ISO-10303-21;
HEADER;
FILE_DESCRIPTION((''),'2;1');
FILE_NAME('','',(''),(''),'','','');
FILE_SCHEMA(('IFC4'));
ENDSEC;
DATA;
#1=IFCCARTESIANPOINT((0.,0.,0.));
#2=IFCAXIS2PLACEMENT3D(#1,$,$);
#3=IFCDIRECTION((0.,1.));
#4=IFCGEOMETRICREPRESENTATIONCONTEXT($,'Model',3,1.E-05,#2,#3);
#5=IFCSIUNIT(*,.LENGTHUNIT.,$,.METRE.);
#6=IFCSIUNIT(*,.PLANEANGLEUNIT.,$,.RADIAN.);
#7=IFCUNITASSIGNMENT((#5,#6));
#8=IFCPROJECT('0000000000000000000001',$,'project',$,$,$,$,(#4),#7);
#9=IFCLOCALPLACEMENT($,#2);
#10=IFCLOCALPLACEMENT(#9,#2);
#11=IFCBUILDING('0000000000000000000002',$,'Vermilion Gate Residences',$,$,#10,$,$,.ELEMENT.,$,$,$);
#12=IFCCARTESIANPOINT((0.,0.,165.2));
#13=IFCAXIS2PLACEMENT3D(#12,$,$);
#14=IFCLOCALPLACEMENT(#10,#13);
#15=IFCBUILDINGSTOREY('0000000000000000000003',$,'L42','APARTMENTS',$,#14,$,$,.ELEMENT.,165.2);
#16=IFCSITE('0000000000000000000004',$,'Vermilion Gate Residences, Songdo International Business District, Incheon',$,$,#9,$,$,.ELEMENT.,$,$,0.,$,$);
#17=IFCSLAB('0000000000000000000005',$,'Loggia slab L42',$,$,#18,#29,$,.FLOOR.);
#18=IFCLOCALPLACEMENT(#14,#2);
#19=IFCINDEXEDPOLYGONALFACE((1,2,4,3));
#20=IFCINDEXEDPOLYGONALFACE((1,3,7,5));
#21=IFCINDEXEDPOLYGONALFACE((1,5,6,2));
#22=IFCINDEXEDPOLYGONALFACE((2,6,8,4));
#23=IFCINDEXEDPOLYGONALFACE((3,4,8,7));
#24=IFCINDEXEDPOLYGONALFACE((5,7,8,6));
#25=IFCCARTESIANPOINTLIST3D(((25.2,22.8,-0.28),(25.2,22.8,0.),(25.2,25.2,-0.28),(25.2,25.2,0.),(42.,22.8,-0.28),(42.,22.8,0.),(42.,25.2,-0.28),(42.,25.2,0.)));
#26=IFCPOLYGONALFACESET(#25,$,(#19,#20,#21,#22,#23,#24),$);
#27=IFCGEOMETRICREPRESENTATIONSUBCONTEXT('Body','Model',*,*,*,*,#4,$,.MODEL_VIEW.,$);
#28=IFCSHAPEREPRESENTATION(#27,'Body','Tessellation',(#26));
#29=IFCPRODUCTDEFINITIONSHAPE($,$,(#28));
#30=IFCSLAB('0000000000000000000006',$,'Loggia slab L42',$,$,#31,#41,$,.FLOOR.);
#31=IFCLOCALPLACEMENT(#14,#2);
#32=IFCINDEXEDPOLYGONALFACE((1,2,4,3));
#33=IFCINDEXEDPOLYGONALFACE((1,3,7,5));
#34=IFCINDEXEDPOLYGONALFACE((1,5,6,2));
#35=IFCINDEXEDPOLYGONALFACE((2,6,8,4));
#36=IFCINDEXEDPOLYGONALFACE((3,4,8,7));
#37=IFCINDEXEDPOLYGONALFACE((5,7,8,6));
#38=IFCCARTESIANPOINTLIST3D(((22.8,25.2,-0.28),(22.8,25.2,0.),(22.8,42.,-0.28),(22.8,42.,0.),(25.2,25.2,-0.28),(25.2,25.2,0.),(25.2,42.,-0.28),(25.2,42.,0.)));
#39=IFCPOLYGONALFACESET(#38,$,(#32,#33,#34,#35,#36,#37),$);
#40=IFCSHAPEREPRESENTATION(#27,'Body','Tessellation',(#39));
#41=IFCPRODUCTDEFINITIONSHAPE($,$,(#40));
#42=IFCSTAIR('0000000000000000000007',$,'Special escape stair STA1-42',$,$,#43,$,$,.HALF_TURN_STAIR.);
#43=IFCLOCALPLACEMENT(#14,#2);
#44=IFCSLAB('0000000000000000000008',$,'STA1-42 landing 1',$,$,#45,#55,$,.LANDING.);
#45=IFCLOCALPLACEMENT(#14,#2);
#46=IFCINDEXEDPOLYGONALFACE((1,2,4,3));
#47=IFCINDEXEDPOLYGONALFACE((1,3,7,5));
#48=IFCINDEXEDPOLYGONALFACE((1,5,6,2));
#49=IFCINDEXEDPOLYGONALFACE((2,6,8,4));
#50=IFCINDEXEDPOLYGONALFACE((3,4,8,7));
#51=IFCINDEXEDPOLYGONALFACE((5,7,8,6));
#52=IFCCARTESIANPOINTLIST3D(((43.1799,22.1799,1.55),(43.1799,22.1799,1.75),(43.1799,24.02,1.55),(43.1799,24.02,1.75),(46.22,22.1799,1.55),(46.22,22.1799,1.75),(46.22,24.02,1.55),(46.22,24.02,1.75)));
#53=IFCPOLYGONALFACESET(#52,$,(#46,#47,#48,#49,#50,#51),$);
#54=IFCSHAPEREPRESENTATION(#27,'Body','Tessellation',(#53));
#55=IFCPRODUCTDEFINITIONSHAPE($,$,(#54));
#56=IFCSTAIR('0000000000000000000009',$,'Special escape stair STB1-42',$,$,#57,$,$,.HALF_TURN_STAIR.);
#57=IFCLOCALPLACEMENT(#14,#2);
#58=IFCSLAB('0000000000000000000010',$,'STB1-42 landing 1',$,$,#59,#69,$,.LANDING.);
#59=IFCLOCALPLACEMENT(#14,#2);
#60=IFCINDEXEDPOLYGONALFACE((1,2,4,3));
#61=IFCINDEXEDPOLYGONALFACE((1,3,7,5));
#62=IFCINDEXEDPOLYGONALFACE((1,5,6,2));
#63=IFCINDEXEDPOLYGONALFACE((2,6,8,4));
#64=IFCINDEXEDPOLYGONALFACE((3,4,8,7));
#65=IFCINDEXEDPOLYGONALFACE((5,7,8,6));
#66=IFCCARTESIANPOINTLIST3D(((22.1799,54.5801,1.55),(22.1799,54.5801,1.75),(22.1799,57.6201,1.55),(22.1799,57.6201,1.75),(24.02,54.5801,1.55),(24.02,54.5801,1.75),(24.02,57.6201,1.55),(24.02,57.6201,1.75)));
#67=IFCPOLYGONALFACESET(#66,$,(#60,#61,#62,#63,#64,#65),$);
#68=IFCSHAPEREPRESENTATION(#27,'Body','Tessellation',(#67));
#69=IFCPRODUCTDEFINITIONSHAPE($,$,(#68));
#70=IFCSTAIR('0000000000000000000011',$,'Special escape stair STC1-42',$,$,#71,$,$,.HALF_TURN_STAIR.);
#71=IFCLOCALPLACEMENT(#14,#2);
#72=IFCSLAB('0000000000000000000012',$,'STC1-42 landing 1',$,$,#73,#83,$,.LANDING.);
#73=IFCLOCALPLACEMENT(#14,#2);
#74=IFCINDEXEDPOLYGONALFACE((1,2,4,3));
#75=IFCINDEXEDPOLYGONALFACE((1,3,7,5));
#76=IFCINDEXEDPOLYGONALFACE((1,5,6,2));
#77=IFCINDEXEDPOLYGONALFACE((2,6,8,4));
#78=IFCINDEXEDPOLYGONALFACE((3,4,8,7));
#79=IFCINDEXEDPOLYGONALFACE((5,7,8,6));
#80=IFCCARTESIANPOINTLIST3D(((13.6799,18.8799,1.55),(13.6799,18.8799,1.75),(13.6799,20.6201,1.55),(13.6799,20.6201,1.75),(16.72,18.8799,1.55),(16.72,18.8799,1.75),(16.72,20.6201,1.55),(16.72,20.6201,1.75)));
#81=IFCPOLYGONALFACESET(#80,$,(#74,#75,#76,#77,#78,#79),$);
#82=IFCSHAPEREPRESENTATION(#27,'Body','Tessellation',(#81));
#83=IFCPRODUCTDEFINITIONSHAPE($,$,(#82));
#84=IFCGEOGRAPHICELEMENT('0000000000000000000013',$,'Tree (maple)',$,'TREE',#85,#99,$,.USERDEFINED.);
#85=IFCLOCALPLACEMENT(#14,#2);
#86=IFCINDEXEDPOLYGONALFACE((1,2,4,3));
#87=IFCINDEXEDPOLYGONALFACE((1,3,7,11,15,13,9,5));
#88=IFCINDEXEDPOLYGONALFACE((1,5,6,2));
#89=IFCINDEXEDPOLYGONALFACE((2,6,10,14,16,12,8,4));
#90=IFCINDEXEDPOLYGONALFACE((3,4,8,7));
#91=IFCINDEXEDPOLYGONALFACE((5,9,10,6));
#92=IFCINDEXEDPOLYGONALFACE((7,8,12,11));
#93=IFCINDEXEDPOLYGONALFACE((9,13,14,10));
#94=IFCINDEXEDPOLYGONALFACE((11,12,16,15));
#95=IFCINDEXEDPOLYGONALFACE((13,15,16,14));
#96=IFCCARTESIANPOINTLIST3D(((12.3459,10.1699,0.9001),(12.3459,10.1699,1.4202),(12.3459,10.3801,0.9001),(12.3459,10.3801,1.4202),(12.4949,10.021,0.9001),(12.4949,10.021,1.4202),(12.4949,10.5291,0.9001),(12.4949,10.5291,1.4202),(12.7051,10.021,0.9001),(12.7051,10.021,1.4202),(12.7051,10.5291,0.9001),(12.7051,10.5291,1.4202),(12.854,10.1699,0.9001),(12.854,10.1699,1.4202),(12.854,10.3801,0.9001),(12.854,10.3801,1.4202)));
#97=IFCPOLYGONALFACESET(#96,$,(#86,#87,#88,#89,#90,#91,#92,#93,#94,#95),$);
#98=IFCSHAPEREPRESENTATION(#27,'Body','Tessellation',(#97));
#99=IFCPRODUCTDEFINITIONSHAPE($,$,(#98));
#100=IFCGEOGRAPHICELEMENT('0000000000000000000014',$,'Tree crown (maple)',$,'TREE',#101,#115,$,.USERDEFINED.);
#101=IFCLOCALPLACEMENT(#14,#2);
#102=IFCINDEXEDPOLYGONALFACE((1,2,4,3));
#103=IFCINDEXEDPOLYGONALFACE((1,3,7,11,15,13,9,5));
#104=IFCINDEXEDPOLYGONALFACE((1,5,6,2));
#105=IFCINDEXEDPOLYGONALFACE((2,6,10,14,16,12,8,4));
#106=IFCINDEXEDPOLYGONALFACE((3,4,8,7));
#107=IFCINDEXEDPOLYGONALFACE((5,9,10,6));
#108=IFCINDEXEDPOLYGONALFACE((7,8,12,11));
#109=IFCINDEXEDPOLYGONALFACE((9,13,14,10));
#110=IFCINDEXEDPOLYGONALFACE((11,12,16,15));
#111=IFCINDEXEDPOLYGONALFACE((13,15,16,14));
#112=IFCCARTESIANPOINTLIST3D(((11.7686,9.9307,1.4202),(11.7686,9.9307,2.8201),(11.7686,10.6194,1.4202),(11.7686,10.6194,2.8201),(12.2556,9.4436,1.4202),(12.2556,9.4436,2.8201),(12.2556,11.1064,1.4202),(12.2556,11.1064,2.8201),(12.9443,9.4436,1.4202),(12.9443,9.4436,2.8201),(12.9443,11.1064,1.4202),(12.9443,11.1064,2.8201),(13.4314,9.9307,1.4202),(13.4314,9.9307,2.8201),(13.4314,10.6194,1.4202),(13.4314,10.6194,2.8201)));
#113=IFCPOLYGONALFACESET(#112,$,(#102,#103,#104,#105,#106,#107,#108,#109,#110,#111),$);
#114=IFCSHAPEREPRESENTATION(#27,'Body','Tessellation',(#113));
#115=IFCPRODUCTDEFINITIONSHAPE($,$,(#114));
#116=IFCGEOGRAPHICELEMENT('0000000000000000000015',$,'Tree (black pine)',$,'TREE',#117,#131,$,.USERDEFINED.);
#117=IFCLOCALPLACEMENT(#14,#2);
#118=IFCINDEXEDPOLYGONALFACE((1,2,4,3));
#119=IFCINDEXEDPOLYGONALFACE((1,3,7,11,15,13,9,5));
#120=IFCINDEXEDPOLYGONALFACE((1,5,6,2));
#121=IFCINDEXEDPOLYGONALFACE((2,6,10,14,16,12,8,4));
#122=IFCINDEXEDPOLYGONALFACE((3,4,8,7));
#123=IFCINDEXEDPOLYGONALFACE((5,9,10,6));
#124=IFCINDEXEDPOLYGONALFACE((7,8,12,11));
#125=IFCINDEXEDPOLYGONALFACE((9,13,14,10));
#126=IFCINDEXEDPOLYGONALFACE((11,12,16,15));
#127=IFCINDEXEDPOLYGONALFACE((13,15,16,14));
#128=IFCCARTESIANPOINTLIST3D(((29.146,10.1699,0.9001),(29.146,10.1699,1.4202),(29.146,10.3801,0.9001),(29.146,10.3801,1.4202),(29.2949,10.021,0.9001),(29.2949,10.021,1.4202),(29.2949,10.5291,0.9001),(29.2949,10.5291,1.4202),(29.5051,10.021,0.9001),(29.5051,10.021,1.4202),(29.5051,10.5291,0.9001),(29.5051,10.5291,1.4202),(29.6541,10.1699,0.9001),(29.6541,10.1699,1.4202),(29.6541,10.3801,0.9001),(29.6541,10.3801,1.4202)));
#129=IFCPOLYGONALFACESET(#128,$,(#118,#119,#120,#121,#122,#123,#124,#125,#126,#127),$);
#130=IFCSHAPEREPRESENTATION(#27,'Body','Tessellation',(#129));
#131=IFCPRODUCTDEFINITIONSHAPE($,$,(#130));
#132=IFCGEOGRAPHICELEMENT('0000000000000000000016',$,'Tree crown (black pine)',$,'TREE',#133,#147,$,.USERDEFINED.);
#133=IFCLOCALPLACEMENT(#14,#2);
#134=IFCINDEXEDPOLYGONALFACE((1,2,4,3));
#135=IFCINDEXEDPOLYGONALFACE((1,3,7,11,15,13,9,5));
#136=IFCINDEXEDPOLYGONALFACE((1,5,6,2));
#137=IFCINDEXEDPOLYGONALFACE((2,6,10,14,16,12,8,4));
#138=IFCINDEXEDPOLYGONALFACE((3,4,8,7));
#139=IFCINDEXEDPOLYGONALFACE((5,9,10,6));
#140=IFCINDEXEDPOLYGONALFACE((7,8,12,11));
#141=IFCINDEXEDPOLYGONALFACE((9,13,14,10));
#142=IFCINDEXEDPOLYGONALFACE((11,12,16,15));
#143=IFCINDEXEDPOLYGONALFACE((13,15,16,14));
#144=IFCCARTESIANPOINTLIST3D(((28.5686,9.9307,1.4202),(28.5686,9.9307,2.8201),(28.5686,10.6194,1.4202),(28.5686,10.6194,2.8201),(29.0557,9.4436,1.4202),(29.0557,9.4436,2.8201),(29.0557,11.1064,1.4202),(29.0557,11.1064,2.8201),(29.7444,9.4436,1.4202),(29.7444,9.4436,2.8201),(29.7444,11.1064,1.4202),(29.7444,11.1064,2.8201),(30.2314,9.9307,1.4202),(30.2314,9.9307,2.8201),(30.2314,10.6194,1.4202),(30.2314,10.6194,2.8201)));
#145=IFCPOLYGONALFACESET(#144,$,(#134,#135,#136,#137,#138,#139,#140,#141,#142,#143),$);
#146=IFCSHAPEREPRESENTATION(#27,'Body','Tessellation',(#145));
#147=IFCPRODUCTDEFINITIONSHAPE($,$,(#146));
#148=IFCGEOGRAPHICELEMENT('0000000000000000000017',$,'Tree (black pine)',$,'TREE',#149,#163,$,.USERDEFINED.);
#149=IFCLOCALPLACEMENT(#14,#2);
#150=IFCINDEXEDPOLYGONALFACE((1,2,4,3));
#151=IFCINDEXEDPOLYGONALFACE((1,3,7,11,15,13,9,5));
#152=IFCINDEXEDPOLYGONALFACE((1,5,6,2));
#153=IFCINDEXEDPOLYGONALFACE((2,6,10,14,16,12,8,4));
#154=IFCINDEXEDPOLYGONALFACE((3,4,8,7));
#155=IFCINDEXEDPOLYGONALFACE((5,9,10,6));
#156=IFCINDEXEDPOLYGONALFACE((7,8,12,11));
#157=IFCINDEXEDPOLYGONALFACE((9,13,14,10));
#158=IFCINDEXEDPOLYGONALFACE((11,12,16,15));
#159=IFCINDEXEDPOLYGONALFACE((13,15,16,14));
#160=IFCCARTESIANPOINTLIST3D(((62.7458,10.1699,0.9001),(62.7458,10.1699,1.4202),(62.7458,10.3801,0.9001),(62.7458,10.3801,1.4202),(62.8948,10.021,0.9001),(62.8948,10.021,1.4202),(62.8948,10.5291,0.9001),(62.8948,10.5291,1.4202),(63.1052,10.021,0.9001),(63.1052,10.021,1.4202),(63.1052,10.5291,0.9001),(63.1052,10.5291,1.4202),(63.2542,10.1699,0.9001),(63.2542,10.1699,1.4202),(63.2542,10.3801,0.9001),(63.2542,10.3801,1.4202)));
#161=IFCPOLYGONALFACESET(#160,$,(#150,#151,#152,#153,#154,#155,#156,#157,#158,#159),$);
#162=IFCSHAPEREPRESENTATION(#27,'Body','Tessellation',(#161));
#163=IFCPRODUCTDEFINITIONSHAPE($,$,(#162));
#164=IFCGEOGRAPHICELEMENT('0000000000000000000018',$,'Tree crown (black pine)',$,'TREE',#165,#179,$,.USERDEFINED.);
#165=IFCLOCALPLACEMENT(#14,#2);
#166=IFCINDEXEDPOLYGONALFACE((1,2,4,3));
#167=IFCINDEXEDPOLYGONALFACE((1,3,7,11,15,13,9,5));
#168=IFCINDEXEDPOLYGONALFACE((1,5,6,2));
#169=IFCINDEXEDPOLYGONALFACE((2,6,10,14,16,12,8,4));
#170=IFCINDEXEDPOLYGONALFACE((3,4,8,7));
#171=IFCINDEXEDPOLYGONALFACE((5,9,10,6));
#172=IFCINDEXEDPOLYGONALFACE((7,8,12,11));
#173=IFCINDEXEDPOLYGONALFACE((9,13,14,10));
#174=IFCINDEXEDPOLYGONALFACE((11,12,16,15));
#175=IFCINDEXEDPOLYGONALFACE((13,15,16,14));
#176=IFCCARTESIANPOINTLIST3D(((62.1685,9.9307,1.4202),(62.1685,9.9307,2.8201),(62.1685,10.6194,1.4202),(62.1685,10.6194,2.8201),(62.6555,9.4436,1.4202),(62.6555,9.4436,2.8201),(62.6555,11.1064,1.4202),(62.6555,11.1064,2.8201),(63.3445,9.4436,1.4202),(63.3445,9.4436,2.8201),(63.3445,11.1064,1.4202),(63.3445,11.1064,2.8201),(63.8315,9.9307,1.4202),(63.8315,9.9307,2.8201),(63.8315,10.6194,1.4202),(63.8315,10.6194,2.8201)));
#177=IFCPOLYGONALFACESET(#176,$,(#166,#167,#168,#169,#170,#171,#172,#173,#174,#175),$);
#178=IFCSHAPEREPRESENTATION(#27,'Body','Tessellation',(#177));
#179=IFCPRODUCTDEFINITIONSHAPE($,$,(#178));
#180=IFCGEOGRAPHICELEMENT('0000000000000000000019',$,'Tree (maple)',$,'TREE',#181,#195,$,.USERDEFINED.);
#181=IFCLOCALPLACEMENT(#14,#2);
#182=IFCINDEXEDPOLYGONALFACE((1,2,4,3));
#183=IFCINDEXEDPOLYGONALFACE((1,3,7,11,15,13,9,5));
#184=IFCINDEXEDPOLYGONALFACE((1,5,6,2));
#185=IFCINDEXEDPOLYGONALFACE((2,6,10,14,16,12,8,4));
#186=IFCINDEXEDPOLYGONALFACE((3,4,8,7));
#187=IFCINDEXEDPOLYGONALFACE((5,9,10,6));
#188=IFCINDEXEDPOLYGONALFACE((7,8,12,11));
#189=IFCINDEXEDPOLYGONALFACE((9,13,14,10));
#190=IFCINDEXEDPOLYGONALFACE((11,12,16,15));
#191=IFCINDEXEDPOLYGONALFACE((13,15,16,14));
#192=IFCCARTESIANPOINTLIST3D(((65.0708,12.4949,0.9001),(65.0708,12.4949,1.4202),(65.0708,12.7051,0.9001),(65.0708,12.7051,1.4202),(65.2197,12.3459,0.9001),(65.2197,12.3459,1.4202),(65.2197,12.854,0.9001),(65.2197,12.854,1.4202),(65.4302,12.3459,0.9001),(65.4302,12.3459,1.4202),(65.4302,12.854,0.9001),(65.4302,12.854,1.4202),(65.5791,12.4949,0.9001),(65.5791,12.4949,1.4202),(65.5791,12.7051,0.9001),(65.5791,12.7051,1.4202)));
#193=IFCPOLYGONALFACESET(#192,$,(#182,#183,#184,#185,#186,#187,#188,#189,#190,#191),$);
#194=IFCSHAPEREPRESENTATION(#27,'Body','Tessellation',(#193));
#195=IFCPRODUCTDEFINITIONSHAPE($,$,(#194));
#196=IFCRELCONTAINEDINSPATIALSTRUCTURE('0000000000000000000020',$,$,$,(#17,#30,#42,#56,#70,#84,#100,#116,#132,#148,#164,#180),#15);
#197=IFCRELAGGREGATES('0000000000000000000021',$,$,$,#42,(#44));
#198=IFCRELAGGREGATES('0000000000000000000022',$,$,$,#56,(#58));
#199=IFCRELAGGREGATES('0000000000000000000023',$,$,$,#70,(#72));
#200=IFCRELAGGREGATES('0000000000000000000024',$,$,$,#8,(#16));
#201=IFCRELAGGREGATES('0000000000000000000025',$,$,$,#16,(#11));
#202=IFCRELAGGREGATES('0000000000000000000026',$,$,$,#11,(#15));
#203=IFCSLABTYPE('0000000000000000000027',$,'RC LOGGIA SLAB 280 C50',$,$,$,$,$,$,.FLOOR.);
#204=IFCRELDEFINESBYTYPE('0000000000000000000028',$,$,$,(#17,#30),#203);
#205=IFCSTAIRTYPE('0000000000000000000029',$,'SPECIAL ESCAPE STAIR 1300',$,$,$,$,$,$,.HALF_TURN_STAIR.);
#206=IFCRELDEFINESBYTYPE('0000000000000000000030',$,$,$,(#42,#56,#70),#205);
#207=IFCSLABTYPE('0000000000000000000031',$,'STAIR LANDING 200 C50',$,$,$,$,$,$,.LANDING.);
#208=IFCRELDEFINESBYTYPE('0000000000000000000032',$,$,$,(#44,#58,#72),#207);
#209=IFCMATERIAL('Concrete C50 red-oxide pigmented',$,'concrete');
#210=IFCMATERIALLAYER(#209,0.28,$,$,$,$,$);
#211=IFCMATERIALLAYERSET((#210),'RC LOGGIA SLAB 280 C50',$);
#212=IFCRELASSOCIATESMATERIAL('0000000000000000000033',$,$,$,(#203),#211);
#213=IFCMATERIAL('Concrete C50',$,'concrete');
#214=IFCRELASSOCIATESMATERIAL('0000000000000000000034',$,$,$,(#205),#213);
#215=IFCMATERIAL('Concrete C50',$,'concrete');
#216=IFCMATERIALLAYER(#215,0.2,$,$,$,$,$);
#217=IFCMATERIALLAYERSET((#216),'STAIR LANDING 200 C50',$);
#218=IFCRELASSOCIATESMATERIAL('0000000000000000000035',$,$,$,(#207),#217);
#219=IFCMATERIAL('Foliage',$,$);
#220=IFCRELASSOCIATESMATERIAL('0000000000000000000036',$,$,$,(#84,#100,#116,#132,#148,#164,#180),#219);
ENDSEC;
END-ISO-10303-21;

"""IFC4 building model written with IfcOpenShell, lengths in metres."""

from ifc_helpers import new_model, si_unit, direction, frame, origin, place, context, subcontext, project, spatial, polyline, outline, extrude, material, layer, layer_set, type_object, element, aggregate, save


model = new_model("IFC4")

# Units and contexts
model_context = context("Model", 3, precision=1e-05, world=origin(), true_north=direction((0.0, 1.0)))
body_context = subcontext(model_context, "Body", "Model", "MODEL_VIEW")
ifc_project = project(units=[si_unit("LENGTHUNIT", "METRE"), si_unit("PLANEANGLEUNIT", "RADIAN")], contexts=[model_context])

# Site, building, storey
site_placement = place(None, origin())
site = spatial("IfcSite", under=ifc_project, at=site_placement, Name="Vermilion Gate Residences, Songdo International Business District, Incheon", CompositionType="ELEMENT", RefElevation=0.0)
building_placement = place(site_placement, origin())
building = spatial("IfcBuilding", under=site, at=building_placement, Name="Vermilion Gate Residences", CompositionType="ELEMENT")
storey_placement = place(building_placement, frame((0.0, 0.0, 165.2)))
storey = spatial("IfcBuildingStorey", under=building, at=storey_placement, Name="L42", Description="APARTMENTS", CompositionType="ELEMENT", Elevation=165.2)

# Slabs
ifc_material_1 = material(Name="Concrete C50 red-oxide pigmented", Category="concrete")
ifc_layer_1 = layer(ifc_material_1, 0.28)
ifc_layer_set_1 = layer_set([ifc_layer_1], Name="RC LOGGIA SLAB 280 C50")
slab_type_1 = type_object("IfcSlabType", Name="RC LOGGIA SLAB 280 C50", PredefinedType="FLOOR", material=ifc_layer_set_1)
slab_1_placement = place(storey_placement, frame((0.0, 0.0, -0.28)))
element("IfcSlab", 1, at=slab_1_placement, inside=storey, type_object=slab_type_1, Name="Loggia slab L42", PredefinedType="FLOOR", context=body_context, shape_type="SweptSolid", body=[
    extrude(outline(polyline([(42.0, 25.2), (25.2, 25.2), (25.2, 22.8), (42.0, 22.8), (42.0, 25.2)])), origin(), (0.0, 0.0, 1.0), 0.28),
])
slab_2_placement = place(storey_placement, frame((0.0, 0.0, -0.28)))
element("IfcSlab", 2, at=slab_2_placement, inside=storey, type_object=slab_type_1, Name="Loggia slab L42", PredefinedType="FLOOR", context=body_context, shape_type="SweptSolid", body=[
    extrude(outline(polyline([(22.8, 42.0), (22.8, 25.2), (25.2, 25.2), (25.2, 42.0), (22.8, 42.0)])), origin(), (0.0, 0.0, 1.0), 0.28),
])

# Stairs, slabs
ifc_material_2 = material(Name="Concrete C50", Category="concrete")
stair_type = type_object("IfcStairType", Name="SPECIAL ESCAPE STAIR 1300", PredefinedType="HALF_TURN_STAIR", material=ifc_material_2)
stair_1_placement = place(storey_placement, origin())
stair_1 = element("IfcStair", 3, at=stair_1_placement, inside=storey, type_object=stair_type, Name="Special escape stair STA1-42", PredefinedType="HALF_TURN_STAIR")
ifc_material_3 = material(Name="Concrete C50", Category="concrete")
ifc_layer_2 = layer(ifc_material_3, 0.2)
ifc_layer_set_2 = layer_set([ifc_layer_2], Name="STAIR LANDING 200 C50")
slab_type_2 = type_object("IfcSlabType", Name="STAIR LANDING 200 C50", PredefinedType="LANDING", material=ifc_layer_set_2)
slab_3_placement = place(storey_placement, frame((0.0, 0.0, 1.55)))
slab_3 = element("IfcSlab", 4, at=slab_3_placement, type_object=slab_type_2, Name="STA1-42 landing 1", PredefinedType="LANDING", context=body_context, shape_type="SweptSolid", body=[
    extrude(outline(polyline([(46.22, 22.1799), (46.22, 24.02), (43.1799, 24.02), (43.1799, 22.1799), (46.22, 22.1799)])), origin(), (0.0, 0.0, 1.0), 0.2),
])
aggregate(stair_1, [slab_3])
stair_2_placement = place(storey_placement, origin())
stair_2 = element("IfcStair", 5, at=stair_2_placement, inside=storey, type_object=stair_type, Name="Special escape stair STB1-42", PredefinedType="HALF_TURN_STAIR")
slab_4_placement = place(storey_placement, frame((0.0, 0.0, 1.55)))
slab_4 = element("IfcSlab", 6, at=slab_4_placement, type_object=slab_type_2, Name="STB1-42 landing 1", PredefinedType="LANDING", context=body_context, shape_type="SweptSolid", body=[
    extrude(outline(polyline([(24.02, 54.5801), (24.02, 57.6201), (22.1799, 57.6201), (22.1799, 54.5801), (24.02, 54.5801)])), origin(), (0.0, 0.0, 1.0), 0.2),
])
aggregate(stair_2, [slab_4])
stair_3_placement = place(storey_placement, origin())
stair_3 = element("IfcStair", 7, at=stair_3_placement, inside=storey, type_object=stair_type, Name="Special escape stair STC1-42", PredefinedType="HALF_TURN_STAIR")
slab_5_placement = place(storey_placement, frame((0.0, 0.0, 1.55)))
slab_5 = element("IfcSlab", 8, at=slab_5_placement, type_object=slab_type_2, Name="STC1-42 landing 1", PredefinedType="LANDING", context=body_context, shape_type="SweptSolid", body=[
    extrude(outline(polyline([(16.72, 18.8799), (16.72, 20.6201), (13.6799, 20.6201), (13.6799, 18.8799), (16.72, 18.8799)])), origin(), (0.0, 0.0, 1.0), 0.2),
])
aggregate(stair_3, [slab_5])

# Geographic elements
ifc_material_4 = material(Name="Foliage")
geographic_element_1_placement = place(storey_placement, frame((0.0, 0.0, 0.9001)))
element("IfcGeographicElement", 9, at=geographic_element_1_placement, inside=storey, material=ifc_material_4, Name="Tree (maple)", ObjectType="TREE", PredefinedType="USERDEFINED", context=body_context, shape_type="SweptSolid", body=[
    extrude(outline(polyline([(12.854, 10.3801), (12.7051, 10.5291), (12.4949, 10.5291), (12.3459, 10.3801), (12.3459, 10.1699), (12.4949, 10.021), (12.7051, 10.021), (12.854, 10.1699), (12.854, 10.3801)])), origin(), (0.0, 0.0, 1.0), 0.52),
])
geographic_element_2_placement = place(storey_placement, frame((0.0, 0.0, 1.4202)))
element("IfcGeographicElement", 10, at=geographic_element_2_placement, inside=storey, material=ifc_material_4, Name="Tree crown (maple)", ObjectType="TREE", PredefinedType="USERDEFINED", context=body_context, shape_type="SweptSolid", body=[
    extrude(outline(polyline([(13.4314, 10.6194), (12.9443, 11.1064), (12.2556, 11.1064), (11.7686, 10.6194), (11.7686, 9.9307), (12.2556, 9.4436), (12.9443, 9.4436), (13.4314, 9.9307), (13.4314, 10.6194)])), origin(), (0.0, 0.0, 1.0), 1.3999),
])
geographic_element_3_placement = place(storey_placement, frame((0.0, 0.0, 0.9001)))
element("IfcGeographicElement", 11, at=geographic_element_3_placement, inside=storey, material=ifc_material_4, Name="Tree (black pine)", ObjectType="TREE", PredefinedType="USERDEFINED", context=body_context, shape_type="SweptSolid", body=[
    extrude(outline(polyline([(29.6541, 10.3801), (29.5051, 10.5291), (29.2949, 10.5291), (29.146, 10.3801), (29.146, 10.1699), (29.2949, 10.021), (29.5051, 10.021), (29.6541, 10.1699), (29.6541, 10.3801)])), origin(), (0.0, 0.0, 1.0), 0.52),
])
geographic_element_4_placement = place(storey_placement, frame((0.0, 0.0, 1.4202)))
element("IfcGeographicElement", 12, at=geographic_element_4_placement, inside=storey, material=ifc_material_4, Name="Tree crown (black pine)", ObjectType="TREE", PredefinedType="USERDEFINED", context=body_context, shape_type="SweptSolid", body=[
    extrude(outline(polyline([(30.2314, 10.6194), (29.7444, 11.1064), (29.0557, 11.1064), (28.5686, 10.6194), (28.5686, 9.9307), (29.0557, 9.4436), (29.7444, 9.4436), (30.2314, 9.9307), (30.2314, 10.6194)])), origin(), (0.0, 0.0, 1.0), 1.3999),
])
geographic_element_5_placement = place(storey_placement, frame((0.0, 0.0, 0.9001)))
element("IfcGeographicElement", 13, at=geographic_element_5_placement, inside=storey, material=ifc_material_4, Name="Tree (black pine)", ObjectType="TREE", PredefinedType="USERDEFINED", context=body_context, shape_type="SweptSolid", body=[
    extrude(outline(polyline([(63.2542, 10.3801), (63.1052, 10.5291), (62.8948, 10.5291), (62.7458, 10.3801), (62.7458, 10.1699), (62.8948, 10.021), (63.1052, 10.021), (63.2542, 10.1699), (63.2542, 10.3801)])), origin(), (0.0, 0.0, 1.0), 0.52),
])
geographic_element_6_placement = place(storey_placement, frame((0.0, 0.0, 1.4202)))
element("IfcGeographicElement", 14, at=geographic_element_6_placement, inside=storey, material=ifc_material_4, Name="Tree crown (black pine)", ObjectType="TREE", PredefinedType="USERDEFINED", context=body_context, shape_type="SweptSolid", body=[
    extrude(outline(polyline([(63.8315, 10.6194), (63.3445, 11.1064), (62.6555, 11.1064), (62.1685, 10.6194), (62.1685, 9.9307), (62.6555, 9.4436), (63.3445, 9.4436), (63.8315, 9.9307), (63.8315, 10.6194)])), origin(), (0.0, 0.0, 1.0), 1.3999),
])
geographic_element_7_placement = place(storey_placement, frame((0.0, 0.0, 0.9001)))
element("IfcGeographicElement", 15, at=geographic_element_7_placement, inside=storey, material=ifc_material_4, Name="Tree (maple)", ObjectType="TREE", PredefinedType="USERDEFINED", context=body_context, shape_type="SweptSolid", body=[
    extrude(outline(polyline([(65.5791, 12.7051), (65.4302, 12.854), (65.2197, 12.854), (65.0708, 12.7051), (65.0708, 12.4949), (65.2197, 12.3459), (65.4302, 12.3459), (65.5791, 12.4949), (65.5791, 12.7051)])), origin(), (0.0, 0.0, 1.0), 0.52),
])

save(model, "model.ifc")
